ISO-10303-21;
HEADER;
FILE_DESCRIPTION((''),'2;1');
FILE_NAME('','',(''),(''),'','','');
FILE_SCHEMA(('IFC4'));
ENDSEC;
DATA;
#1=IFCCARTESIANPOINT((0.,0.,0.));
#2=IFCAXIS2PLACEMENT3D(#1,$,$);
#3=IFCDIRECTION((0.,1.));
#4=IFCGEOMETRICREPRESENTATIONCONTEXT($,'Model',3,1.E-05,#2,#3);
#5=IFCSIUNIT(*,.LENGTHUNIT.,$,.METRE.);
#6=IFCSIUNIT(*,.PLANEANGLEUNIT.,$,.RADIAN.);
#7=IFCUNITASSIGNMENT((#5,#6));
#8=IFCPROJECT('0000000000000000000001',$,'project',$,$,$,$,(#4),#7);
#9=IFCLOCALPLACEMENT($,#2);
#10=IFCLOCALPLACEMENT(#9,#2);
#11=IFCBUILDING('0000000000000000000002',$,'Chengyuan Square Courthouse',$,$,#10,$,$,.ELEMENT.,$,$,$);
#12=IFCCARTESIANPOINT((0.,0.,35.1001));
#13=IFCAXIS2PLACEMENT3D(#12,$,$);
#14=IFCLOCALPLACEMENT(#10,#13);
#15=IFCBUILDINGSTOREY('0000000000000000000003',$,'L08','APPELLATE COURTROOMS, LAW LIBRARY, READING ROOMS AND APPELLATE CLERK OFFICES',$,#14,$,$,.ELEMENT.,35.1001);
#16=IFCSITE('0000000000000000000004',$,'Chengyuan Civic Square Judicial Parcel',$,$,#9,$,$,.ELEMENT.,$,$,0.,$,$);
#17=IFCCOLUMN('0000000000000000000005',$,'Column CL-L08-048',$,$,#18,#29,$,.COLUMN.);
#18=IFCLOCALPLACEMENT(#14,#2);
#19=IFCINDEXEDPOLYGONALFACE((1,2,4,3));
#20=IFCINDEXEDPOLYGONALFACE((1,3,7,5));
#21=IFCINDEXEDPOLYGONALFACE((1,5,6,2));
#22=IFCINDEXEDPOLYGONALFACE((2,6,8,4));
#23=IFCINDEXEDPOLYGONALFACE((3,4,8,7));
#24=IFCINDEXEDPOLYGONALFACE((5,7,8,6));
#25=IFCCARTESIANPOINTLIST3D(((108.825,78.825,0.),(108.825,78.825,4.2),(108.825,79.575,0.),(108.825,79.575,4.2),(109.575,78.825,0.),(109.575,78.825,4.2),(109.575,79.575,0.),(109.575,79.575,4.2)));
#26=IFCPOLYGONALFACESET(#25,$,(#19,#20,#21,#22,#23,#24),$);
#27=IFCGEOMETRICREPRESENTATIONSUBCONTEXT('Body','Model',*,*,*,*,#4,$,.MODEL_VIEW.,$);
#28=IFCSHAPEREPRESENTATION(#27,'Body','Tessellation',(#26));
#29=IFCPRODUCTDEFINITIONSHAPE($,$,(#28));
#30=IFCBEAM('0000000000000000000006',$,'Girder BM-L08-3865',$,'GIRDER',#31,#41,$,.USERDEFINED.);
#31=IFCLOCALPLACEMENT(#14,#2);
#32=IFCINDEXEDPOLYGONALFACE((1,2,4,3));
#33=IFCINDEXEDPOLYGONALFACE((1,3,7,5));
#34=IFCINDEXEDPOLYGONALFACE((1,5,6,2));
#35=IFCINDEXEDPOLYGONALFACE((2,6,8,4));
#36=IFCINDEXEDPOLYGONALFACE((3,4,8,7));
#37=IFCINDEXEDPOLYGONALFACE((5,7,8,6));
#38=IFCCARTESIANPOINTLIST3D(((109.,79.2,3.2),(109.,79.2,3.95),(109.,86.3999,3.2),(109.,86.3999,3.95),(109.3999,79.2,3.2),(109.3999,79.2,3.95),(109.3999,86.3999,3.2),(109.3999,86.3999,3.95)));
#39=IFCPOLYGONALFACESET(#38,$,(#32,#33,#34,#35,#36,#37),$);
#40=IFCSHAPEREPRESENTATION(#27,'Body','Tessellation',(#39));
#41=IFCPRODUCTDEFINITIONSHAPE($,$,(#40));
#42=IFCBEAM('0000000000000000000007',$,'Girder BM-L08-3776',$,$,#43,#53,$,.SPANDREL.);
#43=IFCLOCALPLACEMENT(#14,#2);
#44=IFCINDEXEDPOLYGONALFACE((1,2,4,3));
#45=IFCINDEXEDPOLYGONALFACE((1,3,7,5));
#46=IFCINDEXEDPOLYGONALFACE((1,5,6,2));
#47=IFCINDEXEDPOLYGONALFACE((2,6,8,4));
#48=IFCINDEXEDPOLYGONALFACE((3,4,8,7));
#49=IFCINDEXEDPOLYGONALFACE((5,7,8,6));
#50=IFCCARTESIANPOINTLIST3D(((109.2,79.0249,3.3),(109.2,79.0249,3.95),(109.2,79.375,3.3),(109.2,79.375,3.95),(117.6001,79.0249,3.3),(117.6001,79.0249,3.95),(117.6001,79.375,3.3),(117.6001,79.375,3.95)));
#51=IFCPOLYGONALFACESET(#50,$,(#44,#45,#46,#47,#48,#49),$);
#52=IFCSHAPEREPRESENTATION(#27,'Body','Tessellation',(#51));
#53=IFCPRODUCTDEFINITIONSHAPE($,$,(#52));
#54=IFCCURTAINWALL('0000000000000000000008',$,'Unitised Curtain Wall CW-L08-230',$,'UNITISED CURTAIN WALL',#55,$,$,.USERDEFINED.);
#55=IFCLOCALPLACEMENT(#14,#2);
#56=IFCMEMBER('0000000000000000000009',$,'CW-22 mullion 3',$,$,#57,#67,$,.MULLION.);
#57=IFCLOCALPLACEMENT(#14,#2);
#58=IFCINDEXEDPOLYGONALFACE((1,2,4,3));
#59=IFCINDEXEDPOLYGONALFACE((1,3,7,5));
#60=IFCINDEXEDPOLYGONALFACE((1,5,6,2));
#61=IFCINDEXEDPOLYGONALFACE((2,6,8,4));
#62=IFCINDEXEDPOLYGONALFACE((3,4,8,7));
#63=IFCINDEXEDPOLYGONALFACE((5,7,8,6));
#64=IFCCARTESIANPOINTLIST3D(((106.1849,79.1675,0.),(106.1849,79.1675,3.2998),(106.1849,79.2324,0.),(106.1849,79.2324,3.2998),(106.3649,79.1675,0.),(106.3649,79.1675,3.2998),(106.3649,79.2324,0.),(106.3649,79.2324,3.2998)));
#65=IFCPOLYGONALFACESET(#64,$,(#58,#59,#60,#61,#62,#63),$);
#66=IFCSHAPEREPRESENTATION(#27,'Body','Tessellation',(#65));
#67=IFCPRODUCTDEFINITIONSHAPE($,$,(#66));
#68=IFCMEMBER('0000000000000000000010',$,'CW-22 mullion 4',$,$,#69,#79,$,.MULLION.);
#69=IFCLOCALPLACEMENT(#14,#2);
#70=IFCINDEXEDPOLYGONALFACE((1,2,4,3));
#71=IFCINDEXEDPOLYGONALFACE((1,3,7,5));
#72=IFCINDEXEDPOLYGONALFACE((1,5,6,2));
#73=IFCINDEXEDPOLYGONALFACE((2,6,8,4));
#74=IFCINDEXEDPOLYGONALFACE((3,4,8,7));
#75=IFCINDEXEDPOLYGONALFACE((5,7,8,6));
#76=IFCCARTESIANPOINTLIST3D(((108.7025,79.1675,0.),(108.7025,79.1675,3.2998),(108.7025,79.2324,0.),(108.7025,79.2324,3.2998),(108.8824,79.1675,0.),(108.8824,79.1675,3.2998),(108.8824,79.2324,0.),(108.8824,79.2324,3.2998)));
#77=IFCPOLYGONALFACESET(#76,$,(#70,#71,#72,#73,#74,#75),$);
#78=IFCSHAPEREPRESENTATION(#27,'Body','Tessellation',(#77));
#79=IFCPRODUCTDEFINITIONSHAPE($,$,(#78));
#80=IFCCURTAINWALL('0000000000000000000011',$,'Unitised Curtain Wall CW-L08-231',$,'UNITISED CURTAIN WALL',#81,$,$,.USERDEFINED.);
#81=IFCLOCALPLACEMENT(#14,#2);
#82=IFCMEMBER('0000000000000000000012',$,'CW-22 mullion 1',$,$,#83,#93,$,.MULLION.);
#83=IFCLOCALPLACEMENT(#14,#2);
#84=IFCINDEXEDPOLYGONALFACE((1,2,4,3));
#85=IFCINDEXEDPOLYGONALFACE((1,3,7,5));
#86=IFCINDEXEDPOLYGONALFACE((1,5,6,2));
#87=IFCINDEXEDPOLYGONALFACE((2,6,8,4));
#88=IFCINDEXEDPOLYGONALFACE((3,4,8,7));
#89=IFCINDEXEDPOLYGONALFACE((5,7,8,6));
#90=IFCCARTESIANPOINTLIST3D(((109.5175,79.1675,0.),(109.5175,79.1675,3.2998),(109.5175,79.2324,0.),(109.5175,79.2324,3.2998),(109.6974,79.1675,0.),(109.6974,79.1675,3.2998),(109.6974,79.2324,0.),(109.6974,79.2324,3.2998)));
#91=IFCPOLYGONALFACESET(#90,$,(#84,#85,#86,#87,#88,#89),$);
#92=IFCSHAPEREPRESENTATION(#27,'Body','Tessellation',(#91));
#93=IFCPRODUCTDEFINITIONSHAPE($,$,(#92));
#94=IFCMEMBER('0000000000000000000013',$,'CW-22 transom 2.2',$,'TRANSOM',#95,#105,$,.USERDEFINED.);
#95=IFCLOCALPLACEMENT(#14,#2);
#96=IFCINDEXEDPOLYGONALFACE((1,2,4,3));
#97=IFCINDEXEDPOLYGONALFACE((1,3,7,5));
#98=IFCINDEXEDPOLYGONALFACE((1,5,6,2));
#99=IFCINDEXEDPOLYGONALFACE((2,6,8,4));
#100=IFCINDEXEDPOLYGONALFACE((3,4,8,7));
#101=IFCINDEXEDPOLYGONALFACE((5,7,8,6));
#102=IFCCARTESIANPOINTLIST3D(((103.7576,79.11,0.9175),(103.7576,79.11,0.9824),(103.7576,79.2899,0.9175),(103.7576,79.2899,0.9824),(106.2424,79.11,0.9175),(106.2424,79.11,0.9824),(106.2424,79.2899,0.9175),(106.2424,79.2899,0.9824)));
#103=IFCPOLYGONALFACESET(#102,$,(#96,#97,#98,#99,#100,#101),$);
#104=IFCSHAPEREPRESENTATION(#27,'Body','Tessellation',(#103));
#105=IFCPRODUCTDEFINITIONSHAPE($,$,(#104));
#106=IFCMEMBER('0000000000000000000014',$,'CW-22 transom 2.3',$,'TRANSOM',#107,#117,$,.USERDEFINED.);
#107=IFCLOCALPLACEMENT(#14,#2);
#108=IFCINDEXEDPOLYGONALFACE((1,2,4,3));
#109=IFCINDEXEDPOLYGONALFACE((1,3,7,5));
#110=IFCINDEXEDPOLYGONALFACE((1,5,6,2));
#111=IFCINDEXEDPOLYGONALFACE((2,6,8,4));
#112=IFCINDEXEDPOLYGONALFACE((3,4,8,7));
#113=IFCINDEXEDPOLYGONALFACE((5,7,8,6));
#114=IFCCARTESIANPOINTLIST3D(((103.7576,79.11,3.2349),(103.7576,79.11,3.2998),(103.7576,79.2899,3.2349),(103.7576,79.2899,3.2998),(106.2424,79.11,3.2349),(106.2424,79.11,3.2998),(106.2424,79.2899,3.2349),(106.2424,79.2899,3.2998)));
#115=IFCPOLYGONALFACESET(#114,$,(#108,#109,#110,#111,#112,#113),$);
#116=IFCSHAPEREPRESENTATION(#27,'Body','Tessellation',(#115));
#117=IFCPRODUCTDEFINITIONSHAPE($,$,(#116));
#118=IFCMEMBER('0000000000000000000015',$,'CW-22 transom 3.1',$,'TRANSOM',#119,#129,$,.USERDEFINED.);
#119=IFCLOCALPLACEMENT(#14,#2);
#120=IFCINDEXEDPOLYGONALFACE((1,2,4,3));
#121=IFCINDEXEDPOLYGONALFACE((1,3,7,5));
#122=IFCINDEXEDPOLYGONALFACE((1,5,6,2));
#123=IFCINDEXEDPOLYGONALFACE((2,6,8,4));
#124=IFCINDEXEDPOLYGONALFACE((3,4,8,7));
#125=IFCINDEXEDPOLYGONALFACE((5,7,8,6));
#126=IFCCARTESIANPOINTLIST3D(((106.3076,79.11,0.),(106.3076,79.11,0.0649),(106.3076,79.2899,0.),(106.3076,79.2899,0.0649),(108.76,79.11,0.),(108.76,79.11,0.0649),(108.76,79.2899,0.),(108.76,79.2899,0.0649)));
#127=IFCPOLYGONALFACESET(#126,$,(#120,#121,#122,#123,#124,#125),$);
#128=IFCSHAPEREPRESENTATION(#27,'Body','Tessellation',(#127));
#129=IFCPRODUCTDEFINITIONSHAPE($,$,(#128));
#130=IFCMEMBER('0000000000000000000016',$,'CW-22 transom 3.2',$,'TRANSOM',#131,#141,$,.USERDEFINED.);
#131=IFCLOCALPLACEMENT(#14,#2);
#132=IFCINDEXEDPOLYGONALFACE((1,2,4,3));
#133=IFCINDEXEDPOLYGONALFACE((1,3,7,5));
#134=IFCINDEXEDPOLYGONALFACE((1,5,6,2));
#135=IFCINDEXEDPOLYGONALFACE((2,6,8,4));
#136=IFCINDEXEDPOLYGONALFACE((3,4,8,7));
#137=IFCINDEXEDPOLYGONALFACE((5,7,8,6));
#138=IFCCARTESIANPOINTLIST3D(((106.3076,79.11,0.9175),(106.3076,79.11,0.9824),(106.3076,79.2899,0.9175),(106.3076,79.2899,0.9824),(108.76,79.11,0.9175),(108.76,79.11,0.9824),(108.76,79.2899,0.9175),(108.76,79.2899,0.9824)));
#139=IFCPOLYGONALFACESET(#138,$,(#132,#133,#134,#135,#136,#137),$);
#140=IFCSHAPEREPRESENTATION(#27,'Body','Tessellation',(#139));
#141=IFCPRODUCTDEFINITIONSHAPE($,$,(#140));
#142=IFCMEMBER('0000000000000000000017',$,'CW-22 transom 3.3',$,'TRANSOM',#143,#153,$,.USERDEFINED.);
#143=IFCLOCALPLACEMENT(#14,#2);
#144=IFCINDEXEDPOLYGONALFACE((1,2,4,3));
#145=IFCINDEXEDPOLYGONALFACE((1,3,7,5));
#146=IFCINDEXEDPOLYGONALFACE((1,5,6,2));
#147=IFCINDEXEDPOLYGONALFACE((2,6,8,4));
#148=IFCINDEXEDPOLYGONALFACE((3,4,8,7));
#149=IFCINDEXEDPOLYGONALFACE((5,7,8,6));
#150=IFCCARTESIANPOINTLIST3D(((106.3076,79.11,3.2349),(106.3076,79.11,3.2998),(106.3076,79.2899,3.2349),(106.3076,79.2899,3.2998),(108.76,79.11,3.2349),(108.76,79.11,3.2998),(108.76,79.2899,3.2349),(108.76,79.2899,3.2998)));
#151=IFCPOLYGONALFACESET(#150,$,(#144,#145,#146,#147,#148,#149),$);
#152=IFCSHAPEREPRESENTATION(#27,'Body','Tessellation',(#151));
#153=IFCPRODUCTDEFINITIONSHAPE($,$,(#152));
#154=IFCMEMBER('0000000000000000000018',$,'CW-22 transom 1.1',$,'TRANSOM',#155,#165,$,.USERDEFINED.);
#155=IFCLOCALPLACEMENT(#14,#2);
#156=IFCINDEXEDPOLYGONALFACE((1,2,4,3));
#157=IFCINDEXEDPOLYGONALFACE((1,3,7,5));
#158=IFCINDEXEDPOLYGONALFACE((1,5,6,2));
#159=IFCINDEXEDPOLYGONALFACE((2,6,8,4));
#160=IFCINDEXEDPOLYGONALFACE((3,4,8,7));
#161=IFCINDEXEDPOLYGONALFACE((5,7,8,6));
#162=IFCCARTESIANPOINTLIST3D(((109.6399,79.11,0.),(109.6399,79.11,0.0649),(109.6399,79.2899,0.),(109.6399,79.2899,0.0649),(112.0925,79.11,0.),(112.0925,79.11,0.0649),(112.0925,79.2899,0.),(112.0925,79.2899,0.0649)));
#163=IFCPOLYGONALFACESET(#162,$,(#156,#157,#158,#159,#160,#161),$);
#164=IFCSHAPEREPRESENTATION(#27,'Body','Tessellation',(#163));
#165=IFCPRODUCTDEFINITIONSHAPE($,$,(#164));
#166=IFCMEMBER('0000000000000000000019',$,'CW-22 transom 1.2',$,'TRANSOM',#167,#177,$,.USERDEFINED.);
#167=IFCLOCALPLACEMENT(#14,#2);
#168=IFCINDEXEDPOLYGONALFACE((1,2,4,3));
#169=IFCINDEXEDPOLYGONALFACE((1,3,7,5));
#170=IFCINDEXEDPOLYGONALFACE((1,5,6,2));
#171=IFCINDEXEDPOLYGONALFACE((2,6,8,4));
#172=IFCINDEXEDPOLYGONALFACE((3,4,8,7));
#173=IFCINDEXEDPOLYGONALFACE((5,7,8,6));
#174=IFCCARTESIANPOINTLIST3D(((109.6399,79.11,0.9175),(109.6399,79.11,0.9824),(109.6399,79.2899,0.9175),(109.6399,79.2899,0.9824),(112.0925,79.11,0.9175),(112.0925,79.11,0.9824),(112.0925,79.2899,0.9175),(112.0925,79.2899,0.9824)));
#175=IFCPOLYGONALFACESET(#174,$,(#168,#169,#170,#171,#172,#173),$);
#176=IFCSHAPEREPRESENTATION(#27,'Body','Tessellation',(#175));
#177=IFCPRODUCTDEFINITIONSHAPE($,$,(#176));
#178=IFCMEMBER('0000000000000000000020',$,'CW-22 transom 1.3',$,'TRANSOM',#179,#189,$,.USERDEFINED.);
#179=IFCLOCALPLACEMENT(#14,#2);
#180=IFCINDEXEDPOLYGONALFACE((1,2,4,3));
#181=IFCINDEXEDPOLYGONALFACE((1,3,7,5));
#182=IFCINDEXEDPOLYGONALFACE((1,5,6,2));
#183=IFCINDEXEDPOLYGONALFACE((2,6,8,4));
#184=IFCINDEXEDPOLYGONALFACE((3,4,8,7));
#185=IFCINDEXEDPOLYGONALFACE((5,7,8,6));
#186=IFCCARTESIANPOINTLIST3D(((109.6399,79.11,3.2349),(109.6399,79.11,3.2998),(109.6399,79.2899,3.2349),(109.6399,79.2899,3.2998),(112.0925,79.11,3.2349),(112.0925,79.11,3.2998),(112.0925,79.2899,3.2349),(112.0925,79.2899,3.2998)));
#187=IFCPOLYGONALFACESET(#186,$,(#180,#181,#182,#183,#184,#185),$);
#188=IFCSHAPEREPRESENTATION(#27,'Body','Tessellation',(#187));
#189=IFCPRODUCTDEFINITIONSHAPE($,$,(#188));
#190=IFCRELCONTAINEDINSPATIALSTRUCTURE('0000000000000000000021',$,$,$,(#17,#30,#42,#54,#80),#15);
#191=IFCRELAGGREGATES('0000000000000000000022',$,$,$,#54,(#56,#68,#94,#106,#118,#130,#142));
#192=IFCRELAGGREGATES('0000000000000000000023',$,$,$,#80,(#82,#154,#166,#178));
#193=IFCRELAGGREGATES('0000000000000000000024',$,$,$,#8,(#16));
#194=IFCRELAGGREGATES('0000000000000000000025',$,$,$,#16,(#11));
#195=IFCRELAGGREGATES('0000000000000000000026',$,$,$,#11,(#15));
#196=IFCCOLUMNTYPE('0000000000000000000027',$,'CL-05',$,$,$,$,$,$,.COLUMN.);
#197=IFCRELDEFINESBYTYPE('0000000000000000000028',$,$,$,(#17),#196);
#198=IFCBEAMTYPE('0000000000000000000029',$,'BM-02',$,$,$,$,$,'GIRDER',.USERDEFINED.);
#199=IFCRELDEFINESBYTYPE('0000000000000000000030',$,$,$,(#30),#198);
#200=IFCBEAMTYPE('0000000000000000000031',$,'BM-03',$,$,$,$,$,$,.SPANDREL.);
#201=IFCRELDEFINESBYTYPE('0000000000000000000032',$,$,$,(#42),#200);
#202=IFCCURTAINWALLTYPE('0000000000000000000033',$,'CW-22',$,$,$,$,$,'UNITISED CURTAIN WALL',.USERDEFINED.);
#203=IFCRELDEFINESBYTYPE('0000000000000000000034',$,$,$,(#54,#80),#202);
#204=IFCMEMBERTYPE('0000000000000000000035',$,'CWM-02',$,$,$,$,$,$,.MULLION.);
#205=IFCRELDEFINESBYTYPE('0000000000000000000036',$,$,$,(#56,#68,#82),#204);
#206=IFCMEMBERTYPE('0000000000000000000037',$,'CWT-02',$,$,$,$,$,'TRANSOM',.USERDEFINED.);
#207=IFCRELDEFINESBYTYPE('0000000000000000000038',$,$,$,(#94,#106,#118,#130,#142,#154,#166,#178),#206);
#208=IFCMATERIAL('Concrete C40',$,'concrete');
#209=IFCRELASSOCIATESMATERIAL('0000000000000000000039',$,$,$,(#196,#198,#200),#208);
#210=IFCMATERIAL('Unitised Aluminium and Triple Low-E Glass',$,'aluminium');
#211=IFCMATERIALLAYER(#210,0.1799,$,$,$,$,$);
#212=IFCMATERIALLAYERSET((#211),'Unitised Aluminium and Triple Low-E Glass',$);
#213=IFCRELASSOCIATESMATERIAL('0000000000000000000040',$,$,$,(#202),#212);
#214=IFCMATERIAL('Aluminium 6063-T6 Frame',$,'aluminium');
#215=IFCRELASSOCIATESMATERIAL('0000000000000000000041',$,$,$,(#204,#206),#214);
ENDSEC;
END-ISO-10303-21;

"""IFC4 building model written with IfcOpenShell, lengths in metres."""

from ifc_helpers import new_model, si_unit, direction, frame, origin, origin_2d, place, context, subcontext, project, spatial, rectangle, extrude, material, layer, layer_set, material_profile, profile_set, type_object, element, aggregate, save


model = new_model("IFC4")

# Units and contexts
model_context = context("Model", 3, precision=1e-05, world=origin(), true_north=direction((0.0, 1.0)))
body_context = subcontext(model_context, "Body", "Model", "MODEL_VIEW")
ifc_project = project(units=[si_unit("LENGTHUNIT", "METRE"), si_unit("PLANEANGLEUNIT", "RADIAN")], contexts=[model_context])

# Site, building, storey
site_placement = place(None, origin())
site = spatial("IfcSite", under=ifc_project, at=site_placement, Name="Chengyuan Civic Square Judicial Parcel", CompositionType="ELEMENT", RefElevation=0.0)
building_placement = place(site_placement, origin())
building = spatial("IfcBuilding", under=site, at=building_placement, Name="Chengyuan Square Courthouse", CompositionType="ELEMENT")
storey_placement = place(building_placement, frame((0.0, 0.0, 35.1001)))
storey = spatial("IfcBuildingStorey", under=building, at=storey_placement, Name="L08", Description="APPELLATE COURTROOMS, LAW LIBRARY, READING ROOMS AND APPELLATE CLERK OFFICES", CompositionType="ELEMENT", Elevation=35.1001)

# Column
ifc_material_1 = material(Name="Concrete C40", Category="concrete")
ifc_material_profile_1 = material_profile(ifc_material_1, rectangle(XDim=0.75, YDim=0.75, at=origin_2d()), Name="RC-COL-750x750")
ifc_profile_set_1 = profile_set([ifc_material_profile_1], Name="Concrete C40")
column_type = type_object("IfcColumnType", Name="CL-05", PredefinedType="COLUMN", material=ifc_profile_set_1)
column_placement = place(storey_placement, frame((109.2, 79.2, 0.0), z_axis=(0.0, 0.0, 1.0), x_axis=(1.0, 0.0, 0.0)))
element("IfcColumn", 1, at=column_placement, inside=storey, type_object=column_type, Name="Column CL-L08-048", PredefinedType="COLUMN", context=body_context, shape_type="SweptSolid", body=[
    extrude(rectangle(XDim=0.75, YDim=0.75, at=origin_2d()), origin(), (0.0, 0.0, 1.0), 4.2),
])

# Beams
ifc_material_profile_2 = material_profile(ifc_material_1, rectangle(XDim=0.3999, YDim=0.75, at=origin_2d()), Name="RC-BM-400x750")
ifc_profile_set_2 = profile_set([ifc_material_profile_2], Name="Concrete C40")
beam_type_1 = type_object("IfcBeamType", Name="BM-02", ElementType="GIRDER", PredefinedType="USERDEFINED", material=ifc_profile_set_2)
beam_1_placement = place(storey_placement, frame((109.2, 79.2, 3.575), z_axis=(0.0, 1.0, 0.0), x_axis=(-1.0, 0.0, 0.0)))
element("IfcBeam", 2, at=beam_1_placement, inside=storey, type_object=beam_type_1, Name="Girder BM-L08-3865", ObjectType="GIRDER", PredefinedType="USERDEFINED", context=body_context, shape_type="SweptSolid", body=[
    extrude(rectangle(XDim=0.3999, YDim=0.75, at=origin_2d()), origin(), (0.0, 0.0, 1.0), 7.2),
])
ifc_material_profile_3 = material_profile(ifc_material_1, rectangle(XDim=0.3501, YDim=0.6499, at=origin_2d()), Name="RC-BM-350x650")
ifc_profile_set_3 = profile_set([ifc_material_profile_3], Name="Concrete C40")
beam_type_2 = type_object("IfcBeamType", Name="BM-03", PredefinedType="SPANDREL", material=ifc_profile_set_3)
beam_2_placement = place(storey_placement, frame((109.2, 79.2, 3.625), z_axis=(1.0, 0.0, 0.0), x_axis=(0.0, 1.0, 0.0)))
element("IfcBeam", 3, at=beam_2_placement, inside=storey, type_object=beam_type_2, Name="Girder BM-L08-3776", PredefinedType="SPANDREL", context=body_context, shape_type="SweptSolid", body=[
    extrude(rectangle(XDim=0.3501, YDim=0.6499, at=origin_2d()), origin(), (0.0, 0.0, 1.0), 8.4001),
])

# Curtain wall, members
ifc_material_2 = material(Name="Unitised Aluminium and Triple Low-E Glass", Category="aluminium")
ifc_layer_1 = layer(ifc_material_2, 0.1799)
ifc_layer_set_1 = layer_set([ifc_layer_1], Name="Unitised Aluminium and Triple Low-E Glass")
curtain_wall_type = type_object("IfcCurtainWallType", Name="CW-22", ElementType="UNITISED CURTAIN WALL", PredefinedType="USERDEFINED", material=ifc_layer_set_1)
curtain_wall_1_placement = place(storey_placement, origin())
curtain_wall_1 = element("IfcCurtainWall", 4, at=curtain_wall_1_placement, inside=storey, type_object=curtain_wall_type, Name="Unitised Curtain Wall CW-L08-230", ObjectType="UNITISED CURTAIN WALL", PredefinedType="USERDEFINED")
ifc_material_3 = material(Name="Aluminium 6063-T6 Frame", Category="aluminium")
ifc_material_profile_4 = material_profile(ifc_material_3, rectangle(XDim=0.0649, YDim=0.1799, at=origin_2d()), Name="CW-MUL-65x180")
ifc_profile_set_4 = profile_set([ifc_material_profile_4], Name="Aluminium 6063-T6 Frame")
member_type_1 = type_object("IfcMemberType", Name="CWM-02", PredefinedType="MULLION", material=ifc_profile_set_4)
member_1_placement = place(storey_placement, frame((106.2749, 79.2, 0.0), z_axis=(0.0, 0.0, 1.0), x_axis=(0.0, 1.0, 0.0)))
member_1 = element("IfcMember", 5, at=member_1_placement, type_object=member_type_1, Name="CW-22 mullion 3", PredefinedType="MULLION", context=body_context, shape_type="SweptSolid", body=[
    extrude(rectangle(XDim=0.0649, YDim=0.1799, at=origin_2d()), origin(), (0.0, 0.0, 1.0), 3.2998),
])
member_2_placement = place(storey_placement, frame((108.7925, 79.2, 0.0), z_axis=(0.0, 0.0, 1.0), x_axis=(0.0, 1.0, 0.0)))
member_2 = element("IfcMember", 6, at=member_2_placement, type_object=member_type_1, Name="CW-22 mullion 4", PredefinedType="MULLION", context=body_context, shape_type="SweptSolid", body=[
    extrude(rectangle(XDim=0.0649, YDim=0.1799, at=origin_2d()), origin(), (0.0, 0.0, 1.0), 3.2998),
])

# Curtain wall, member
curtain_wall_2_placement = place(storey_placement, origin())
curtain_wall_2 = element("IfcCurtainWall", 7, at=curtain_wall_2_placement, inside=storey, type_object=curtain_wall_type, Name="Unitised Curtain Wall CW-L08-231", ObjectType="UNITISED CURTAIN WALL", PredefinedType="USERDEFINED")
member_3_placement = place(storey_placement, frame((109.6074, 79.2, 0.0), z_axis=(0.0, 0.0, 1.0), x_axis=(0.0, 1.0, 0.0)))
member_3 = element("IfcMember", 8, at=member_3_placement, type_object=member_type_1, Name="CW-22 mullion 1", PredefinedType="MULLION", context=body_context, shape_type="SweptSolid", body=[
    extrude(rectangle(XDim=0.0649, YDim=0.1799, at=origin_2d()), origin(), (0.0, 0.0, 1.0), 3.2998),
])

# Members
ifc_material_profile_5 = material_profile(ifc_material_3, rectangle(XDim=0.1799, YDim=0.0649, at=origin_2d()), Name="CW-TRN-65x140")
ifc_profile_set_5 = profile_set([ifc_material_profile_5], Name="Aluminium 6063-T6 Frame")
member_type_2 = type_object("IfcMemberType", Name="CWT-02", ElementType="TRANSOM", PredefinedType="USERDEFINED", material=ifc_profile_set_5)
member_4_placement = place(storey_placement, frame((103.7576, 79.2, 0.95), z_axis=(1.0, 0.0, 0.0), x_axis=(0.0, 1.0, 0.0)))
member_4 = element("IfcMember", 9, at=member_4_placement, type_object=member_type_2, Name="CW-22 transom 2.2", ObjectType="TRANSOM", PredefinedType="USERDEFINED", context=body_context, shape_type="SweptSolid", body=[
    extrude(rectangle(XDim=0.1799, YDim=0.0649, at=origin_2d()), origin(), (0.0, 0.0, 1.0), 2.4849),
])
member_5_placement = place(storey_placement, frame((103.7576, 79.2, 3.2673), z_axis=(1.0, 0.0, 0.0), x_axis=(0.0, 1.0, 0.0)))
member_5 = element("IfcMember", 10, at=member_5_placement, type_object=member_type_2, Name="CW-22 transom 2.3", ObjectType="TRANSOM", PredefinedType="USERDEFINED", context=body_context, shape_type="SweptSolid", body=[
    extrude(rectangle(XDim=0.1799, YDim=0.0649, at=origin_2d()), origin(), (0.0, 0.0, 1.0), 2.4849),
])
member_6_placement = place(storey_placement, frame((106.3076, 79.2, 0.0325), z_axis=(1.0, 0.0, 0.0), x_axis=(0.0, 1.0, 0.0)))
member_6 = element("IfcMember", 11, at=member_6_placement, type_object=member_type_2, Name="CW-22 transom 3.1", ObjectType="TRANSOM", PredefinedType="USERDEFINED", context=body_context, shape_type="SweptSolid", body=[
    extrude(rectangle(XDim=0.1799, YDim=0.0649, at=origin_2d()), origin(), (0.0, 0.0, 1.0), 2.4524),
])
member_7_placement = place(storey_placement, frame((106.3076, 79.2, 0.95), z_axis=(1.0, 0.0, 0.0), x_axis=(0.0, 1.0, 0.0)))
member_7 = element("IfcMember", 12, at=member_7_placement, type_object=member_type_2, Name="CW-22 transom 3.2", ObjectType="TRANSOM", PredefinedType="USERDEFINED", context=body_context, shape_type="SweptSolid", body=[
    extrude(rectangle(XDim=0.1799, YDim=0.0649, at=origin_2d()), origin(), (0.0, 0.0, 1.0), 2.4524),
])
member_8_placement = place(storey_placement, frame((106.3076, 79.2, 3.2673), z_axis=(1.0, 0.0, 0.0), x_axis=(0.0, 1.0, 0.0)))
member_8 = element("IfcMember", 13, at=member_8_placement, type_object=member_type_2, Name="CW-22 transom 3.3", ObjectType="TRANSOM", PredefinedType="USERDEFINED", context=body_context, shape_type="SweptSolid", body=[
    extrude(rectangle(XDim=0.1799, YDim=0.0649, at=origin_2d()), origin(), (0.0, 0.0, 1.0), 2.4524),
])
member_9_placement = place(storey_placement, frame((109.6399, 79.2, 0.0325), z_axis=(1.0, 0.0, 0.0), x_axis=(0.0, 1.0, 0.0)))
member_9 = element("IfcMember", 14, at=member_9_placement, type_object=member_type_2, Name="CW-22 transom 1.1", ObjectType="TRANSOM", PredefinedType="USERDEFINED", context=body_context, shape_type="SweptSolid", body=[
    extrude(rectangle(XDim=0.1799, YDim=0.0649, at=origin_2d()), origin(), (0.0, 0.0, 1.0), 2.4526),
])
member_10_placement = place(storey_placement, frame((109.6399, 79.2, 0.95), z_axis=(1.0, 0.0, 0.0), x_axis=(0.0, 1.0, 0.0)))
member_10 = element("IfcMember", 15, at=member_10_placement, type_object=member_type_2, Name="CW-22 transom 1.2", ObjectType="TRANSOM", PredefinedType="USERDEFINED", context=body_context, shape_type="SweptSolid", body=[
    extrude(rectangle(XDim=0.1799, YDim=0.0649, at=origin_2d()), origin(), (0.0, 0.0, 1.0), 2.4526),
])
member_11_placement = place(storey_placement, frame((109.6399, 79.2, 3.2673), z_axis=(1.0, 0.0, 0.0), x_axis=(0.0, 1.0, 0.0)))
member_11 = element("IfcMember", 16, at=member_11_placement, type_object=member_type_2, Name="CW-22 transom 1.3", ObjectType="TRANSOM", PredefinedType="USERDEFINED", context=body_context, shape_type="SweptSolid", body=[
    extrude(rectangle(XDim=0.1799, YDim=0.0649, at=origin_2d()), origin(), (0.0, 0.0, 1.0), 2.4526),
])

aggregate(curtain_wall_1, [member_1, member_2, member_4, member_5, member_6, member_7, member_8])
aggregate(curtain_wall_2, [member_3, member_9, member_10, member_11])

save(model, "model.ifc")
